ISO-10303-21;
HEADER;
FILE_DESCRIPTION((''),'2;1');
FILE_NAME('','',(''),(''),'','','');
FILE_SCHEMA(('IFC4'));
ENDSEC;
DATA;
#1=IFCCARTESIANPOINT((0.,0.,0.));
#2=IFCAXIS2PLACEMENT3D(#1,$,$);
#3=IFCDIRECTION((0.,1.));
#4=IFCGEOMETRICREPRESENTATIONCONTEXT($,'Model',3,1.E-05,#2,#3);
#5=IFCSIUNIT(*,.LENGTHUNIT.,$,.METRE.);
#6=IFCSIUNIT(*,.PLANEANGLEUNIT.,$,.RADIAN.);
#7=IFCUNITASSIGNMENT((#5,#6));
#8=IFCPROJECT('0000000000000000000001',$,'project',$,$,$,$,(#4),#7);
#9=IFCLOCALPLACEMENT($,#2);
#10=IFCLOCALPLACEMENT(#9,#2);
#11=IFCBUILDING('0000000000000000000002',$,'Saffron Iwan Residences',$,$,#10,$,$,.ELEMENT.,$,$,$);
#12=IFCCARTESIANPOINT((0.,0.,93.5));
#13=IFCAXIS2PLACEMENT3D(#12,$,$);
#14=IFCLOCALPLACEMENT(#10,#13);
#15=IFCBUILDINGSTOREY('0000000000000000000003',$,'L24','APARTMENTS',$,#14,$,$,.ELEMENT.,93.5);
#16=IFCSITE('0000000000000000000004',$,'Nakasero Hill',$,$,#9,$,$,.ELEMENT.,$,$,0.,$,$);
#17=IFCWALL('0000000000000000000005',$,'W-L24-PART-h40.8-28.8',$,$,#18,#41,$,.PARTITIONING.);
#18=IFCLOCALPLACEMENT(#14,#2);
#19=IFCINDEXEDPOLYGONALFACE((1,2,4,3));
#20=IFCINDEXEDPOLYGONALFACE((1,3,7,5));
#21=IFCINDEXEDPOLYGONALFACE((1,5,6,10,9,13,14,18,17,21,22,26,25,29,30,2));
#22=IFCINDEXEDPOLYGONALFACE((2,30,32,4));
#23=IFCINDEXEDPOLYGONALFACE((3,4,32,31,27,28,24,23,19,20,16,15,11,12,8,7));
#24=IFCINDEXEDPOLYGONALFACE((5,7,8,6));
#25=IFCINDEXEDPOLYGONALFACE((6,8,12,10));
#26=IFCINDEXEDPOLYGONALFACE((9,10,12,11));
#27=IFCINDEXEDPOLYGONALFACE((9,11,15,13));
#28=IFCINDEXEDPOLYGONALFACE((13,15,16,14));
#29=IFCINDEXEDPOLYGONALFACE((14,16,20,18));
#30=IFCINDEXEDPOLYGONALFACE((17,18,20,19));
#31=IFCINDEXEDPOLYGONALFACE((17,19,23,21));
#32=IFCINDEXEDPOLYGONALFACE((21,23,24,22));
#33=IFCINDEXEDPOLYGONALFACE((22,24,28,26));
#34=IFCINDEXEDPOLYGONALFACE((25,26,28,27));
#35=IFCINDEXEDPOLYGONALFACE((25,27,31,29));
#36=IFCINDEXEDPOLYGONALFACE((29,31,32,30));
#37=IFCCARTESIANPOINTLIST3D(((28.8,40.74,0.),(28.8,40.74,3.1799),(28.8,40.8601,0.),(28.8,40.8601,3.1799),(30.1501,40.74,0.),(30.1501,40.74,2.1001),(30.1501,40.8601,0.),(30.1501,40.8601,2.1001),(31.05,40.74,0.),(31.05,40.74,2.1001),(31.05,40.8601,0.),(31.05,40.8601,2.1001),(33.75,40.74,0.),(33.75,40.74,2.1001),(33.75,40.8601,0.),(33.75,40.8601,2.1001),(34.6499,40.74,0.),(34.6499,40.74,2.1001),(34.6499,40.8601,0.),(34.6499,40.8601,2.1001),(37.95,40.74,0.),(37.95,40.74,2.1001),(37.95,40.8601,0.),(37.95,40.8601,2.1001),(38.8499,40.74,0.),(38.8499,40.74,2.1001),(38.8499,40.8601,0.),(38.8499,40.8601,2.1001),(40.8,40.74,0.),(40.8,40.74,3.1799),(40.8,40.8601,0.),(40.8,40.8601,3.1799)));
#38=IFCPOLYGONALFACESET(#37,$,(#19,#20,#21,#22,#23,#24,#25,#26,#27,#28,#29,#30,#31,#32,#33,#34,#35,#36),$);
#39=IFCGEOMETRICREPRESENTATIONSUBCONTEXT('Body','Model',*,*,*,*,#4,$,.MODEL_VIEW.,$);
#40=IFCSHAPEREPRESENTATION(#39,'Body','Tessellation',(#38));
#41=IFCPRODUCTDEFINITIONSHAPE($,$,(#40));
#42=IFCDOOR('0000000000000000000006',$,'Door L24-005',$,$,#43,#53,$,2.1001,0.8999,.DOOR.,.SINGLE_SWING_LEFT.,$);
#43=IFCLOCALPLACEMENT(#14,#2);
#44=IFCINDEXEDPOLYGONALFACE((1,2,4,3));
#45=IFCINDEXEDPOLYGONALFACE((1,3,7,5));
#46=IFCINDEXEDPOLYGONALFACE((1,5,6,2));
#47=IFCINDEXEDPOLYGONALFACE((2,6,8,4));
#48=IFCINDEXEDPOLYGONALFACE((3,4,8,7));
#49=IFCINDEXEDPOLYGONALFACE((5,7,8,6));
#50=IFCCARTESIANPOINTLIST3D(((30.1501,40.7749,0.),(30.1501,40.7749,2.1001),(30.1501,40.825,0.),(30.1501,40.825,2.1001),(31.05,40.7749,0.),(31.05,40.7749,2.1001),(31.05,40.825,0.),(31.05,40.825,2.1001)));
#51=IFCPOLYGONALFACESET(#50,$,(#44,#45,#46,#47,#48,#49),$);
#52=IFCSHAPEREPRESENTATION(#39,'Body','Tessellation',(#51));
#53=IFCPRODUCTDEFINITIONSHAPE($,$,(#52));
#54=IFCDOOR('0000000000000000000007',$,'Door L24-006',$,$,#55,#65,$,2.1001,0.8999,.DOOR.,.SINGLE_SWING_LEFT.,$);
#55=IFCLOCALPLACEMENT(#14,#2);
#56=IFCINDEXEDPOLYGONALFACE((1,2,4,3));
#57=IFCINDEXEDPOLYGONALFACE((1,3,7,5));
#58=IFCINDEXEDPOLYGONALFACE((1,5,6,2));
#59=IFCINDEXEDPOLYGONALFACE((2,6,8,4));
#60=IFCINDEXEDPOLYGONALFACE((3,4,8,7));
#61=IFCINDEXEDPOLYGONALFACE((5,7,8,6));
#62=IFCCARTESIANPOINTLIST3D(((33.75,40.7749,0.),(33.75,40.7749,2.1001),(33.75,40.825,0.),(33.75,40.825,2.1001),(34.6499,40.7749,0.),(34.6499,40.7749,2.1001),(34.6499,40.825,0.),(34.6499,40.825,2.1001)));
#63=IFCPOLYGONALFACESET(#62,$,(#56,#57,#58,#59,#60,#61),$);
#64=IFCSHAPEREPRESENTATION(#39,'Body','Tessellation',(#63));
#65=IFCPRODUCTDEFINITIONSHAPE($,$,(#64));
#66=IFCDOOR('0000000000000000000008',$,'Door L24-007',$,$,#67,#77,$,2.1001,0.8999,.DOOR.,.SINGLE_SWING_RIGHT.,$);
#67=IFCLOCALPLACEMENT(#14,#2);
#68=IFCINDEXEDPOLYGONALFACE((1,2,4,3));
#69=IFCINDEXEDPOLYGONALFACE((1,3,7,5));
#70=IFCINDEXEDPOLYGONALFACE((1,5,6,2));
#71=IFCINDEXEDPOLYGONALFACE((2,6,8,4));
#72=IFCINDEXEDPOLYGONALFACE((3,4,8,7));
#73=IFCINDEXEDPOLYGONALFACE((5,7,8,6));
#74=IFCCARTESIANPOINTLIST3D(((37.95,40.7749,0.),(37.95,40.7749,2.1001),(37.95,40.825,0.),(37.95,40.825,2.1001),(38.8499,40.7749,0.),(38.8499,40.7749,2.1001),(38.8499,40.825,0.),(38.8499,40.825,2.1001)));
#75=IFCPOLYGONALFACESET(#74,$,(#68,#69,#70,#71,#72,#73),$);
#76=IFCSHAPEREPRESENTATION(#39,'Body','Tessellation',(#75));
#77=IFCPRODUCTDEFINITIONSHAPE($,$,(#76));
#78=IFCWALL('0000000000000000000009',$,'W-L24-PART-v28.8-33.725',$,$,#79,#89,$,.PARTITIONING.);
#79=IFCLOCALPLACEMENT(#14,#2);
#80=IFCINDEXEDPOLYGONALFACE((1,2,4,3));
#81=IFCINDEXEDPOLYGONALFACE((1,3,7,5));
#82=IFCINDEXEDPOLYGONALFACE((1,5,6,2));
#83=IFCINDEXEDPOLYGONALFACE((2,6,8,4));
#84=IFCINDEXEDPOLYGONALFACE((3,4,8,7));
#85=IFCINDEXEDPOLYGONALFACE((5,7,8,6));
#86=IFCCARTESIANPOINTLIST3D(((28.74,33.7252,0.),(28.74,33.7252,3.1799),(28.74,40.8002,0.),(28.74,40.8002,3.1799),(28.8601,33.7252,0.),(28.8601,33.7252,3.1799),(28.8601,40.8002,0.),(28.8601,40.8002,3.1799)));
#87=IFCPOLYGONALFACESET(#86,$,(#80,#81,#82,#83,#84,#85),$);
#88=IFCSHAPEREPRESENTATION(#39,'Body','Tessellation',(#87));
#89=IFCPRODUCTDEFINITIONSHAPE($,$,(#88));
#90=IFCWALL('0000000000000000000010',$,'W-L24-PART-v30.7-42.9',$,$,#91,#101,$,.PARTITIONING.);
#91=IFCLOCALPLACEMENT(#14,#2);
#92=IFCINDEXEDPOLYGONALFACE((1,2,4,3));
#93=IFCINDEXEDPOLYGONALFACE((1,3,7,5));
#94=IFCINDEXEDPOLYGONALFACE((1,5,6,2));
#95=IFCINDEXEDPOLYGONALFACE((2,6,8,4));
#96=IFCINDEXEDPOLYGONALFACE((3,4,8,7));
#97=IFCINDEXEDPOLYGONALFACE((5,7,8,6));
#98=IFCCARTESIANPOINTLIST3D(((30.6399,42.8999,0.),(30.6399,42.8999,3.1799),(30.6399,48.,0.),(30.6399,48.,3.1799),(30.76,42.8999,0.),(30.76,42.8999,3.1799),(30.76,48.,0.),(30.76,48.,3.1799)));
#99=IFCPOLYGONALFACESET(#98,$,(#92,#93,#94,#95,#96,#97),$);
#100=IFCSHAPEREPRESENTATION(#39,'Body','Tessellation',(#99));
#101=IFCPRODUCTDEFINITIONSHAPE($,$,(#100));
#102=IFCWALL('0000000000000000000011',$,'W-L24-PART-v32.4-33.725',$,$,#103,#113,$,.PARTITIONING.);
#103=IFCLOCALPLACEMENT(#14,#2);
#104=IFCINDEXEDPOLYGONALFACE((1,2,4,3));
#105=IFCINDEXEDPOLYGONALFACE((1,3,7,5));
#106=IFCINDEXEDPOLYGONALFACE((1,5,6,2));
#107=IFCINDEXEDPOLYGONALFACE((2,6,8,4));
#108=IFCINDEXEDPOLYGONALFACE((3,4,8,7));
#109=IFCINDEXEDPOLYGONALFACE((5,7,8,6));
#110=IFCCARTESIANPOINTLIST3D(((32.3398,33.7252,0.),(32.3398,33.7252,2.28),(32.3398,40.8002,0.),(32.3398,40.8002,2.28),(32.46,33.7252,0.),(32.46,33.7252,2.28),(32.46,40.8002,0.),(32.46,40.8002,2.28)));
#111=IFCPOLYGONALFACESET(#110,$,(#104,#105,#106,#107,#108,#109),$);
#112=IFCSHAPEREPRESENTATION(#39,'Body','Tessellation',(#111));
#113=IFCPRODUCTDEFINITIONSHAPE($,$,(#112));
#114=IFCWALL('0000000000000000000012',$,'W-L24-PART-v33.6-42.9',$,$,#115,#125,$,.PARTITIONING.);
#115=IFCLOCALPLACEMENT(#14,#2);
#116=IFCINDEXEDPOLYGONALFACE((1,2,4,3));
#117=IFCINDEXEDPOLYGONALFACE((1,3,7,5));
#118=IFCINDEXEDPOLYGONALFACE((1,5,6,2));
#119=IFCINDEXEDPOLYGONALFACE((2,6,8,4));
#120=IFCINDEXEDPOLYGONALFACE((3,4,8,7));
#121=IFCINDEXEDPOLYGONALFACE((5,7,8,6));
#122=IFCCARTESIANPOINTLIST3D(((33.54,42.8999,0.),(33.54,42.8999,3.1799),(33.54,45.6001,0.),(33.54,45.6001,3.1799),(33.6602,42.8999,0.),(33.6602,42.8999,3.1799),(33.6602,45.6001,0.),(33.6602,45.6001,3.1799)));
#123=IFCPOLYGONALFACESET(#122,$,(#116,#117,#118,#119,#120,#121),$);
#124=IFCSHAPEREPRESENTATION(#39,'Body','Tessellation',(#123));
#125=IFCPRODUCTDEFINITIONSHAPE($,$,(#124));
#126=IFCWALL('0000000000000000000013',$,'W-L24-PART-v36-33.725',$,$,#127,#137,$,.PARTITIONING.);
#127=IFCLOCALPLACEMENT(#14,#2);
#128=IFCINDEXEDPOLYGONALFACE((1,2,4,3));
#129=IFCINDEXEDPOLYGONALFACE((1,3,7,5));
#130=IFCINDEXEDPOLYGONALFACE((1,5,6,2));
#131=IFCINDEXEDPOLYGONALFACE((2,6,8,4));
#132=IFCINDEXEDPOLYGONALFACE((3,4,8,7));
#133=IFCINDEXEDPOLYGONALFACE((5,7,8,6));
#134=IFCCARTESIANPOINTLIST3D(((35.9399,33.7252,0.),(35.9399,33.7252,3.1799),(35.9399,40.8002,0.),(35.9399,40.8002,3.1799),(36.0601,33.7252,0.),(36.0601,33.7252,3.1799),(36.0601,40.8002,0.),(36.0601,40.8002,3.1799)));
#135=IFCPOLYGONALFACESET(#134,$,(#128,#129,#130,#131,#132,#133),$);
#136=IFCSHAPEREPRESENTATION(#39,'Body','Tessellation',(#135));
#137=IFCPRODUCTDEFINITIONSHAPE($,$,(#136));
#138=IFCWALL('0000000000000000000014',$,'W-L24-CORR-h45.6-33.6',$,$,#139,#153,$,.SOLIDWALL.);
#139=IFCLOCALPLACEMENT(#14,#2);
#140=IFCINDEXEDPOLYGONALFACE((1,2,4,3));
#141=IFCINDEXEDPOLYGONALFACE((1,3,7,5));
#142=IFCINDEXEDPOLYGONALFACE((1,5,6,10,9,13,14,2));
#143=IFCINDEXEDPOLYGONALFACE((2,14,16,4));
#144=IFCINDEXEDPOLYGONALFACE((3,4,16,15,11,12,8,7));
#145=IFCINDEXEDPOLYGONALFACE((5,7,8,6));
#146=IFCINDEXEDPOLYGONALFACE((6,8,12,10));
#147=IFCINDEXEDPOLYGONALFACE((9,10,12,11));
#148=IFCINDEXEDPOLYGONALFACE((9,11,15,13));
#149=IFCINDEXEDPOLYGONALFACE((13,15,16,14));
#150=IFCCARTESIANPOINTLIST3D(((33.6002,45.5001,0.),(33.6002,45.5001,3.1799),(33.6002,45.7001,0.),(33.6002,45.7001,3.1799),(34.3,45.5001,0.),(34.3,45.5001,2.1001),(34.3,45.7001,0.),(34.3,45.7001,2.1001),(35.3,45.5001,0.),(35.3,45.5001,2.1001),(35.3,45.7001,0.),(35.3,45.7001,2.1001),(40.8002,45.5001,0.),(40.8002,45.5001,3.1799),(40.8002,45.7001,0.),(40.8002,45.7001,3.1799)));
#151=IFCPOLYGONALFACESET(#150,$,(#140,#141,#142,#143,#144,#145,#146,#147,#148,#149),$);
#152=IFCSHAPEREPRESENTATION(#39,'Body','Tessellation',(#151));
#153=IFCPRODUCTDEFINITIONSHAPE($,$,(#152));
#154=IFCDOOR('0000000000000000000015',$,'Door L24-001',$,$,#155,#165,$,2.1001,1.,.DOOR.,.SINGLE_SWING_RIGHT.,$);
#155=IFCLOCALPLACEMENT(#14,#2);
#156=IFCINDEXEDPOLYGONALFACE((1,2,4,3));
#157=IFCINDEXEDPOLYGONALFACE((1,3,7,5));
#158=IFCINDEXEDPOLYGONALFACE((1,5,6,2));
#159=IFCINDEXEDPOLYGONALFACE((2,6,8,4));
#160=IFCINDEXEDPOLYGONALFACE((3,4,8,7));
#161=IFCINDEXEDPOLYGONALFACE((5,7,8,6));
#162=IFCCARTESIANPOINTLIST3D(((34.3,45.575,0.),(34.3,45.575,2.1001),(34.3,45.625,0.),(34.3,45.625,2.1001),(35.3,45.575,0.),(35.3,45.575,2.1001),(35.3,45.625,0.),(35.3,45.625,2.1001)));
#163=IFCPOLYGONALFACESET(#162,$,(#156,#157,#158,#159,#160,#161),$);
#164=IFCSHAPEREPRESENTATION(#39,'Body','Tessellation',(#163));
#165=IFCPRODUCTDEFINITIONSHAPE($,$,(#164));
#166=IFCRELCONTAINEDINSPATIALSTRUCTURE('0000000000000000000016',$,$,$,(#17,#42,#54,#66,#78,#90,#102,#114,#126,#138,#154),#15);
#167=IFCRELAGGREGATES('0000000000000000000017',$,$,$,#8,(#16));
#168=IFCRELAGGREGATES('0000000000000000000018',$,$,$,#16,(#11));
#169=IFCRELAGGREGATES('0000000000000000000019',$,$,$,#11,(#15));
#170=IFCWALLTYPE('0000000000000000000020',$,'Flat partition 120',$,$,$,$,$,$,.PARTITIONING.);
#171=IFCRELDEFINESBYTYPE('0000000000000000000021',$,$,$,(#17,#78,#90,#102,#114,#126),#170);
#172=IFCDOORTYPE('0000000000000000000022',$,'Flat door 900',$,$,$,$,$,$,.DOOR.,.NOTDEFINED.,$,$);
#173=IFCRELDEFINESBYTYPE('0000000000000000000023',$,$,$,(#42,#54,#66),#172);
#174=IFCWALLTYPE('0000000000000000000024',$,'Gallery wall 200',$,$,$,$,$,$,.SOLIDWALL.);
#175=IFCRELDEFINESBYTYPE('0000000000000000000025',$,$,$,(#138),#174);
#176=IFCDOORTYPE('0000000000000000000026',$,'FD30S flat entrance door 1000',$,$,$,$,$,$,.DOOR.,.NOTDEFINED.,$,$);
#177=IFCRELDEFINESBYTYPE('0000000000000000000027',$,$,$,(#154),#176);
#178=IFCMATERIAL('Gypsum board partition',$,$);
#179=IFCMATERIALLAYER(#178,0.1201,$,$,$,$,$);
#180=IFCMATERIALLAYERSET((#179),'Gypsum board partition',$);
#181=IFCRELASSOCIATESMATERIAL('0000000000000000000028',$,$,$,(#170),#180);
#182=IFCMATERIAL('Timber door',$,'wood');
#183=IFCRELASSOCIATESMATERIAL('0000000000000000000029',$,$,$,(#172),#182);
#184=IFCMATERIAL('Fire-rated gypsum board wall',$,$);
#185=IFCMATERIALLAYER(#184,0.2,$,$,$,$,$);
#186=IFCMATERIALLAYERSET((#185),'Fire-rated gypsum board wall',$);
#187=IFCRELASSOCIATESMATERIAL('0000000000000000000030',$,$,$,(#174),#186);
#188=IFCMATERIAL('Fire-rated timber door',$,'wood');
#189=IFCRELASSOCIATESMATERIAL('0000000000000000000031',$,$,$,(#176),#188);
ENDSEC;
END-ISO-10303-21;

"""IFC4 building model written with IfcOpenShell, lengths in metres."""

from ifc_helpers import new_model, si_unit, direction, frame, frame_2d, origin, place, context, subcontext, project, spatial, rectangle, extrude, material, layer, layer_set, type_object, element, fill, save


model = new_model("IFC4")

# Units and contexts
model_context = context("Model", 3, precision=1e-05, world=origin(), true_north=direction((0.0, 1.0)))
body_context = subcontext(model_context, "Body", "Model", "MODEL_VIEW")
ifc_project = project(units=[si_unit("LENGTHUNIT", "METRE"), si_unit("PLANEANGLEUNIT", "RADIAN")], contexts=[model_context])

# Site, building, storey
site_placement = place(None, origin())
site = spatial("IfcSite", under=ifc_project, at=site_placement, Name="Nakasero Hill", CompositionType="ELEMENT", RefElevation=0.0)
building_placement = place(site_placement, origin())
building = spatial("IfcBuilding", under=site, at=building_placement, Name="Saffron Iwan Residences", CompositionType="ELEMENT")
storey_placement = place(building_placement, frame((0.0, 0.0, 93.5)))
storey = spatial("IfcBuildingStorey", under=building, at=storey_placement, Name="L24", Description="APARTMENTS", CompositionType="ELEMENT", Elevation=93.5)

# Wall, openings, doors
ifc_material_1 = material(Name="Gypsum board partition")
ifc_layer_1 = layer(ifc_material_1, 0.1201)
ifc_layer_set_1 = layer_set([ifc_layer_1], Name="Gypsum board partition")
wall_type_1 = type_object("IfcWallType", Name="Flat partition 120", PredefinedType="PARTITIONING", material=ifc_layer_set_1)
wall_1_placement = place(storey_placement, frame((28.8, 40.8, 0.0), z_axis=(0.0, 0.0, 1.0), x_axis=(1.0, 0.0, 0.0)))
wall_1 = element("IfcWall", 1, at=wall_1_placement, inside=storey, type_object=wall_type_1, Name="W-L24-PART-h40.8-28.8", PredefinedType="PARTITIONING", context=body_context, shape_type="SweptSolid", body=[
    extrude(rectangle(XDim=12.0, YDim=0.1201, at=frame_2d((6.0, 0.0))), origin(), (0.0, 0.0, 1.0), 3.1799),
])
opening_1_placement = place(wall_1_placement, frame((1.3501, 0.0, 0.0)))
opening_1 = element("IfcOpeningElement", 2, at=opening_1_placement, cuts=wall_1, PredefinedType="OPENING", context=body_context, shape_type="SweptSolid", body=[
    extrude(rectangle(XDim=0.8999, YDim=2.1001, at=frame_2d((0.45, 1.05))), frame((0.0, 0.0701, 0.0), z_axis=(0.0, -1.0, 0.0), x_axis=(1.0, 0.0, 0.0)), (0.0, 0.0, 1.0), 0.1401),
])
opening_2_placement = place(wall_1_placement, frame((4.95, 0.0, 0.0)))
opening_2 = element("IfcOpeningElement", 3, at=opening_2_placement, cuts=wall_1, PredefinedType="OPENING", context=body_context, shape_type="SweptSolid", body=[
    extrude(rectangle(XDim=0.8999, YDim=2.1001, at=frame_2d((0.45, 1.05))), frame((0.0, 0.0701, 0.0), z_axis=(0.0, -1.0, 0.0), x_axis=(1.0, 0.0, 0.0)), (0.0, 0.0, 1.0), 0.1401),
])
opening_3_placement = place(wall_1_placement, frame((9.1499, 0.0, 0.0)))
opening_3 = element("IfcOpeningElement", 4, at=opening_3_placement, cuts=wall_1, PredefinedType="OPENING", context=body_context, shape_type="SweptSolid", body=[
    extrude(rectangle(XDim=0.8999, YDim=2.1001, at=frame_2d((0.45, 1.05))), frame((0.0, 0.0701, 0.0), z_axis=(0.0, -1.0, 0.0), x_axis=(1.0, 0.0, 0.0)), (0.0, 0.0, 1.0), 0.1401),
])
ifc_material_2 = material(Name="Timber door", Category="wood")
door_type_1 = type_object("IfcDoorType", Name="Flat door 900", OperationType="NOTDEFINED", PredefinedType="DOOR", material=ifc_material_2)
door_1_placement = place(opening_1_placement, origin())
door_1 = element("IfcDoor", 5, at=door_1_placement, inside=storey, type_object=door_type_1, Name="Door L24-005", OperationType="SINGLE_SWING_LEFT", OverallHeight=2.1001, OverallWidth=0.8999, PredefinedType="DOOR", context=body_context, shape_type="SweptSolid", body=[
    extrude(rectangle(XDim=0.8999, YDim=2.1001, at=frame_2d((0.45, 1.05))), frame((0.0, 0.0249, 0.0), z_axis=(0.0, -1.0, 0.0), x_axis=(1.0, 0.0, 0.0)), (0.0, 0.0, 1.0), 0.05),
])
fill(opening_1, door_1)
door_2_placement = place(opening_2_placement, origin())
door_2 = element("IfcDoor", 6, at=door_2_placement, inside=storey, type_object=door_type_1, Name="Door L24-006", OperationType="SINGLE_SWING_LEFT", OverallHeight=2.1001, OverallWidth=0.8999, PredefinedType="DOOR", context=body_context, shape_type="SweptSolid", body=[
    extrude(rectangle(XDim=0.8999, YDim=2.1001, at=frame_2d((0.45, 1.05))), frame((0.0, 0.0249, 0.0), z_axis=(0.0, -1.0, 0.0), x_axis=(1.0, 0.0, 0.0)), (0.0, 0.0, 1.0), 0.05),
])
fill(opening_2, door_2)
door_3_placement = place(opening_3_placement, origin())
door_3 = element("IfcDoor", 7, at=door_3_placement, inside=storey, type_object=door_type_1, Name="Door L24-007", OperationType="SINGLE_SWING_RIGHT", OverallHeight=2.1001, OverallWidth=0.8999, PredefinedType="DOOR", context=body_context, shape_type="SweptSolid", body=[
    extrude(rectangle(XDim=0.8999, YDim=2.1001, at=frame_2d((0.45, 1.05))), frame((0.0, 0.0249, 0.0), z_axis=(0.0, -1.0, 0.0), x_axis=(1.0, 0.0, 0.0)), (0.0, 0.0, 1.0), 0.05),
])
fill(opening_3, door_3)

# Walls
wall_2_placement = place(storey_placement, frame((28.8, 33.7251, 0.0), z_axis=(0.0, 0.0, 1.0), x_axis=(0.0, 1.0, 0.0)))
element("IfcWall", 8, at=wall_2_placement, inside=storey, type_object=wall_type_1, Name="W-L24-PART-v28.8-33.725", PredefinedType="PARTITIONING", context=body_context, shape_type="SweptSolid", body=[
    extrude(rectangle(XDim=7.075, YDim=0.1201, at=frame_2d((3.5376, 0.0))), origin(), (0.0, 0.0, 1.0), 3.1799),
])
wall_3_placement = place(storey_placement, frame((30.7, 42.8999, 0.0), z_axis=(0.0, 0.0, 1.0), x_axis=(0.0, 1.0, 0.0)))
element("IfcWall", 9, at=wall_3_placement, inside=storey, type_object=wall_type_1, Name="W-L24-PART-v30.7-42.9", PredefinedType="PARTITIONING", context=body_context, shape_type="SweptSolid", body=[
    extrude(rectangle(XDim=5.1001, YDim=0.1201, at=frame_2d((2.55, 0.0))), origin(), (0.0, 0.0, 1.0), 3.1799),
])
wall_4_placement = place(storey_placement, frame((32.3999, 33.7251, 0.0), z_axis=(0.0, 0.0, 1.0), x_axis=(0.0, 1.0, 0.0)))
element("IfcWall", 10, at=wall_4_placement, inside=storey, type_object=wall_type_1, Name="W-L24-PART-v32.4-33.725", PredefinedType="PARTITIONING", context=body_context, shape_type="SweptSolid", body=[
    extrude(rectangle(XDim=7.075, YDim=0.1201, at=frame_2d((3.5376, 0.0))), origin(), (0.0, 0.0, 1.0), 2.28),
])
wall_5_placement = place(storey_placement, frame((33.6001, 42.8999, 0.0), z_axis=(0.0, 0.0, 1.0), x_axis=(0.0, 1.0, 0.0)))
element("IfcWall", 11, at=wall_5_placement, inside=storey, type_object=wall_type_1, Name="W-L24-PART-v33.6-42.9", PredefinedType="PARTITIONING", context=body_context, shape_type="SweptSolid", body=[
    extrude(rectangle(XDim=2.7002, YDim=0.1201, at=frame_2d((1.3501, 0.0))), origin(), (0.0, 0.0, 1.0), 3.1799),
])
wall_6_placement = place(storey_placement, frame((36.0, 33.7251, 0.0), z_axis=(0.0, 0.0, 1.0), x_axis=(0.0, 1.0, 0.0)))
element("IfcWall", 12, at=wall_6_placement, inside=storey, type_object=wall_type_1, Name="W-L24-PART-v36-33.725", PredefinedType="PARTITIONING", context=body_context, shape_type="SweptSolid", body=[
    extrude(rectangle(XDim=7.075, YDim=0.1201, at=frame_2d((3.5376, 0.0))), origin(), (0.0, 0.0, 1.0), 3.1799),
])

# Wall, opening, door
ifc_material_3 = material(Name="Fire-rated gypsum board wall")
ifc_layer_2 = layer(ifc_material_3, 0.2)
ifc_layer_set_2 = layer_set([ifc_layer_2], Name="Fire-rated gypsum board wall")
wall_type_2 = type_object("IfcWallType", Name="Gallery wall 200", PredefinedType="SOLIDWALL", material=ifc_layer_set_2)
wall_7_placement = place(storey_placement, frame((33.6001, 45.6001, 0.0), z_axis=(0.0, 0.0, 1.0), x_axis=(1.0, 0.0, 0.0)))
wall_7 = element("IfcWall", 13, at=wall_7_placement, inside=storey, type_object=wall_type_2, Name="W-L24-CORR-h45.6-33.6", PredefinedType="SOLIDWALL", context=body_context, shape_type="SweptSolid", body=[
    extrude(rectangle(XDim=7.2, YDim=0.2, at=frame_2d((3.6001, 0.0))), origin(), (0.0, 0.0, 1.0), 3.1799),
])
opening_4_placement = place(wall_7_placement, frame((0.7, 0.0, 0.0)))
opening_4 = element("IfcOpeningElement", 14, at=opening_4_placement, cuts=wall_7, PredefinedType="OPENING", context=body_context, shape_type="SweptSolid", body=[
    extrude(rectangle(XDim=1.0, YDim=2.1001, at=frame_2d((0.5, 1.05))), frame((0.0, 0.1099, 0.0), z_axis=(0.0, -1.0, 0.0), x_axis=(1.0, 0.0, 0.0)), (0.0, 0.0, 1.0), 0.22),
])
ifc_material_4 = material(Name="Fire-rated timber door", Category="wood")
door_type_2 = type_object("IfcDoorType", Name="FD30S flat entrance door 1000", OperationType="NOTDEFINED", PredefinedType="DOOR", material=ifc_material_4)
door_4_placement = place(opening_4_placement, origin())
door_4 = element("IfcDoor", 15, at=door_4_placement, inside=storey, type_object=door_type_2, Name="Door L24-001", OperationType="SINGLE_SWING_RIGHT", OverallHeight=2.1001, OverallWidth=1.0, PredefinedType="DOOR", context=body_context, shape_type="SweptSolid", body=[
    extrude(rectangle(XDim=1.0, YDim=2.1001, at=frame_2d((0.5, 1.05))), frame((0.0, 0.0249, 0.0), z_axis=(0.0, -1.0, 0.0), x_axis=(1.0, 0.0, 0.0)), (0.0, 0.0, 1.0), 0.05),
])
fill(opening_4, door_4)

save(model, "model.ifc")
